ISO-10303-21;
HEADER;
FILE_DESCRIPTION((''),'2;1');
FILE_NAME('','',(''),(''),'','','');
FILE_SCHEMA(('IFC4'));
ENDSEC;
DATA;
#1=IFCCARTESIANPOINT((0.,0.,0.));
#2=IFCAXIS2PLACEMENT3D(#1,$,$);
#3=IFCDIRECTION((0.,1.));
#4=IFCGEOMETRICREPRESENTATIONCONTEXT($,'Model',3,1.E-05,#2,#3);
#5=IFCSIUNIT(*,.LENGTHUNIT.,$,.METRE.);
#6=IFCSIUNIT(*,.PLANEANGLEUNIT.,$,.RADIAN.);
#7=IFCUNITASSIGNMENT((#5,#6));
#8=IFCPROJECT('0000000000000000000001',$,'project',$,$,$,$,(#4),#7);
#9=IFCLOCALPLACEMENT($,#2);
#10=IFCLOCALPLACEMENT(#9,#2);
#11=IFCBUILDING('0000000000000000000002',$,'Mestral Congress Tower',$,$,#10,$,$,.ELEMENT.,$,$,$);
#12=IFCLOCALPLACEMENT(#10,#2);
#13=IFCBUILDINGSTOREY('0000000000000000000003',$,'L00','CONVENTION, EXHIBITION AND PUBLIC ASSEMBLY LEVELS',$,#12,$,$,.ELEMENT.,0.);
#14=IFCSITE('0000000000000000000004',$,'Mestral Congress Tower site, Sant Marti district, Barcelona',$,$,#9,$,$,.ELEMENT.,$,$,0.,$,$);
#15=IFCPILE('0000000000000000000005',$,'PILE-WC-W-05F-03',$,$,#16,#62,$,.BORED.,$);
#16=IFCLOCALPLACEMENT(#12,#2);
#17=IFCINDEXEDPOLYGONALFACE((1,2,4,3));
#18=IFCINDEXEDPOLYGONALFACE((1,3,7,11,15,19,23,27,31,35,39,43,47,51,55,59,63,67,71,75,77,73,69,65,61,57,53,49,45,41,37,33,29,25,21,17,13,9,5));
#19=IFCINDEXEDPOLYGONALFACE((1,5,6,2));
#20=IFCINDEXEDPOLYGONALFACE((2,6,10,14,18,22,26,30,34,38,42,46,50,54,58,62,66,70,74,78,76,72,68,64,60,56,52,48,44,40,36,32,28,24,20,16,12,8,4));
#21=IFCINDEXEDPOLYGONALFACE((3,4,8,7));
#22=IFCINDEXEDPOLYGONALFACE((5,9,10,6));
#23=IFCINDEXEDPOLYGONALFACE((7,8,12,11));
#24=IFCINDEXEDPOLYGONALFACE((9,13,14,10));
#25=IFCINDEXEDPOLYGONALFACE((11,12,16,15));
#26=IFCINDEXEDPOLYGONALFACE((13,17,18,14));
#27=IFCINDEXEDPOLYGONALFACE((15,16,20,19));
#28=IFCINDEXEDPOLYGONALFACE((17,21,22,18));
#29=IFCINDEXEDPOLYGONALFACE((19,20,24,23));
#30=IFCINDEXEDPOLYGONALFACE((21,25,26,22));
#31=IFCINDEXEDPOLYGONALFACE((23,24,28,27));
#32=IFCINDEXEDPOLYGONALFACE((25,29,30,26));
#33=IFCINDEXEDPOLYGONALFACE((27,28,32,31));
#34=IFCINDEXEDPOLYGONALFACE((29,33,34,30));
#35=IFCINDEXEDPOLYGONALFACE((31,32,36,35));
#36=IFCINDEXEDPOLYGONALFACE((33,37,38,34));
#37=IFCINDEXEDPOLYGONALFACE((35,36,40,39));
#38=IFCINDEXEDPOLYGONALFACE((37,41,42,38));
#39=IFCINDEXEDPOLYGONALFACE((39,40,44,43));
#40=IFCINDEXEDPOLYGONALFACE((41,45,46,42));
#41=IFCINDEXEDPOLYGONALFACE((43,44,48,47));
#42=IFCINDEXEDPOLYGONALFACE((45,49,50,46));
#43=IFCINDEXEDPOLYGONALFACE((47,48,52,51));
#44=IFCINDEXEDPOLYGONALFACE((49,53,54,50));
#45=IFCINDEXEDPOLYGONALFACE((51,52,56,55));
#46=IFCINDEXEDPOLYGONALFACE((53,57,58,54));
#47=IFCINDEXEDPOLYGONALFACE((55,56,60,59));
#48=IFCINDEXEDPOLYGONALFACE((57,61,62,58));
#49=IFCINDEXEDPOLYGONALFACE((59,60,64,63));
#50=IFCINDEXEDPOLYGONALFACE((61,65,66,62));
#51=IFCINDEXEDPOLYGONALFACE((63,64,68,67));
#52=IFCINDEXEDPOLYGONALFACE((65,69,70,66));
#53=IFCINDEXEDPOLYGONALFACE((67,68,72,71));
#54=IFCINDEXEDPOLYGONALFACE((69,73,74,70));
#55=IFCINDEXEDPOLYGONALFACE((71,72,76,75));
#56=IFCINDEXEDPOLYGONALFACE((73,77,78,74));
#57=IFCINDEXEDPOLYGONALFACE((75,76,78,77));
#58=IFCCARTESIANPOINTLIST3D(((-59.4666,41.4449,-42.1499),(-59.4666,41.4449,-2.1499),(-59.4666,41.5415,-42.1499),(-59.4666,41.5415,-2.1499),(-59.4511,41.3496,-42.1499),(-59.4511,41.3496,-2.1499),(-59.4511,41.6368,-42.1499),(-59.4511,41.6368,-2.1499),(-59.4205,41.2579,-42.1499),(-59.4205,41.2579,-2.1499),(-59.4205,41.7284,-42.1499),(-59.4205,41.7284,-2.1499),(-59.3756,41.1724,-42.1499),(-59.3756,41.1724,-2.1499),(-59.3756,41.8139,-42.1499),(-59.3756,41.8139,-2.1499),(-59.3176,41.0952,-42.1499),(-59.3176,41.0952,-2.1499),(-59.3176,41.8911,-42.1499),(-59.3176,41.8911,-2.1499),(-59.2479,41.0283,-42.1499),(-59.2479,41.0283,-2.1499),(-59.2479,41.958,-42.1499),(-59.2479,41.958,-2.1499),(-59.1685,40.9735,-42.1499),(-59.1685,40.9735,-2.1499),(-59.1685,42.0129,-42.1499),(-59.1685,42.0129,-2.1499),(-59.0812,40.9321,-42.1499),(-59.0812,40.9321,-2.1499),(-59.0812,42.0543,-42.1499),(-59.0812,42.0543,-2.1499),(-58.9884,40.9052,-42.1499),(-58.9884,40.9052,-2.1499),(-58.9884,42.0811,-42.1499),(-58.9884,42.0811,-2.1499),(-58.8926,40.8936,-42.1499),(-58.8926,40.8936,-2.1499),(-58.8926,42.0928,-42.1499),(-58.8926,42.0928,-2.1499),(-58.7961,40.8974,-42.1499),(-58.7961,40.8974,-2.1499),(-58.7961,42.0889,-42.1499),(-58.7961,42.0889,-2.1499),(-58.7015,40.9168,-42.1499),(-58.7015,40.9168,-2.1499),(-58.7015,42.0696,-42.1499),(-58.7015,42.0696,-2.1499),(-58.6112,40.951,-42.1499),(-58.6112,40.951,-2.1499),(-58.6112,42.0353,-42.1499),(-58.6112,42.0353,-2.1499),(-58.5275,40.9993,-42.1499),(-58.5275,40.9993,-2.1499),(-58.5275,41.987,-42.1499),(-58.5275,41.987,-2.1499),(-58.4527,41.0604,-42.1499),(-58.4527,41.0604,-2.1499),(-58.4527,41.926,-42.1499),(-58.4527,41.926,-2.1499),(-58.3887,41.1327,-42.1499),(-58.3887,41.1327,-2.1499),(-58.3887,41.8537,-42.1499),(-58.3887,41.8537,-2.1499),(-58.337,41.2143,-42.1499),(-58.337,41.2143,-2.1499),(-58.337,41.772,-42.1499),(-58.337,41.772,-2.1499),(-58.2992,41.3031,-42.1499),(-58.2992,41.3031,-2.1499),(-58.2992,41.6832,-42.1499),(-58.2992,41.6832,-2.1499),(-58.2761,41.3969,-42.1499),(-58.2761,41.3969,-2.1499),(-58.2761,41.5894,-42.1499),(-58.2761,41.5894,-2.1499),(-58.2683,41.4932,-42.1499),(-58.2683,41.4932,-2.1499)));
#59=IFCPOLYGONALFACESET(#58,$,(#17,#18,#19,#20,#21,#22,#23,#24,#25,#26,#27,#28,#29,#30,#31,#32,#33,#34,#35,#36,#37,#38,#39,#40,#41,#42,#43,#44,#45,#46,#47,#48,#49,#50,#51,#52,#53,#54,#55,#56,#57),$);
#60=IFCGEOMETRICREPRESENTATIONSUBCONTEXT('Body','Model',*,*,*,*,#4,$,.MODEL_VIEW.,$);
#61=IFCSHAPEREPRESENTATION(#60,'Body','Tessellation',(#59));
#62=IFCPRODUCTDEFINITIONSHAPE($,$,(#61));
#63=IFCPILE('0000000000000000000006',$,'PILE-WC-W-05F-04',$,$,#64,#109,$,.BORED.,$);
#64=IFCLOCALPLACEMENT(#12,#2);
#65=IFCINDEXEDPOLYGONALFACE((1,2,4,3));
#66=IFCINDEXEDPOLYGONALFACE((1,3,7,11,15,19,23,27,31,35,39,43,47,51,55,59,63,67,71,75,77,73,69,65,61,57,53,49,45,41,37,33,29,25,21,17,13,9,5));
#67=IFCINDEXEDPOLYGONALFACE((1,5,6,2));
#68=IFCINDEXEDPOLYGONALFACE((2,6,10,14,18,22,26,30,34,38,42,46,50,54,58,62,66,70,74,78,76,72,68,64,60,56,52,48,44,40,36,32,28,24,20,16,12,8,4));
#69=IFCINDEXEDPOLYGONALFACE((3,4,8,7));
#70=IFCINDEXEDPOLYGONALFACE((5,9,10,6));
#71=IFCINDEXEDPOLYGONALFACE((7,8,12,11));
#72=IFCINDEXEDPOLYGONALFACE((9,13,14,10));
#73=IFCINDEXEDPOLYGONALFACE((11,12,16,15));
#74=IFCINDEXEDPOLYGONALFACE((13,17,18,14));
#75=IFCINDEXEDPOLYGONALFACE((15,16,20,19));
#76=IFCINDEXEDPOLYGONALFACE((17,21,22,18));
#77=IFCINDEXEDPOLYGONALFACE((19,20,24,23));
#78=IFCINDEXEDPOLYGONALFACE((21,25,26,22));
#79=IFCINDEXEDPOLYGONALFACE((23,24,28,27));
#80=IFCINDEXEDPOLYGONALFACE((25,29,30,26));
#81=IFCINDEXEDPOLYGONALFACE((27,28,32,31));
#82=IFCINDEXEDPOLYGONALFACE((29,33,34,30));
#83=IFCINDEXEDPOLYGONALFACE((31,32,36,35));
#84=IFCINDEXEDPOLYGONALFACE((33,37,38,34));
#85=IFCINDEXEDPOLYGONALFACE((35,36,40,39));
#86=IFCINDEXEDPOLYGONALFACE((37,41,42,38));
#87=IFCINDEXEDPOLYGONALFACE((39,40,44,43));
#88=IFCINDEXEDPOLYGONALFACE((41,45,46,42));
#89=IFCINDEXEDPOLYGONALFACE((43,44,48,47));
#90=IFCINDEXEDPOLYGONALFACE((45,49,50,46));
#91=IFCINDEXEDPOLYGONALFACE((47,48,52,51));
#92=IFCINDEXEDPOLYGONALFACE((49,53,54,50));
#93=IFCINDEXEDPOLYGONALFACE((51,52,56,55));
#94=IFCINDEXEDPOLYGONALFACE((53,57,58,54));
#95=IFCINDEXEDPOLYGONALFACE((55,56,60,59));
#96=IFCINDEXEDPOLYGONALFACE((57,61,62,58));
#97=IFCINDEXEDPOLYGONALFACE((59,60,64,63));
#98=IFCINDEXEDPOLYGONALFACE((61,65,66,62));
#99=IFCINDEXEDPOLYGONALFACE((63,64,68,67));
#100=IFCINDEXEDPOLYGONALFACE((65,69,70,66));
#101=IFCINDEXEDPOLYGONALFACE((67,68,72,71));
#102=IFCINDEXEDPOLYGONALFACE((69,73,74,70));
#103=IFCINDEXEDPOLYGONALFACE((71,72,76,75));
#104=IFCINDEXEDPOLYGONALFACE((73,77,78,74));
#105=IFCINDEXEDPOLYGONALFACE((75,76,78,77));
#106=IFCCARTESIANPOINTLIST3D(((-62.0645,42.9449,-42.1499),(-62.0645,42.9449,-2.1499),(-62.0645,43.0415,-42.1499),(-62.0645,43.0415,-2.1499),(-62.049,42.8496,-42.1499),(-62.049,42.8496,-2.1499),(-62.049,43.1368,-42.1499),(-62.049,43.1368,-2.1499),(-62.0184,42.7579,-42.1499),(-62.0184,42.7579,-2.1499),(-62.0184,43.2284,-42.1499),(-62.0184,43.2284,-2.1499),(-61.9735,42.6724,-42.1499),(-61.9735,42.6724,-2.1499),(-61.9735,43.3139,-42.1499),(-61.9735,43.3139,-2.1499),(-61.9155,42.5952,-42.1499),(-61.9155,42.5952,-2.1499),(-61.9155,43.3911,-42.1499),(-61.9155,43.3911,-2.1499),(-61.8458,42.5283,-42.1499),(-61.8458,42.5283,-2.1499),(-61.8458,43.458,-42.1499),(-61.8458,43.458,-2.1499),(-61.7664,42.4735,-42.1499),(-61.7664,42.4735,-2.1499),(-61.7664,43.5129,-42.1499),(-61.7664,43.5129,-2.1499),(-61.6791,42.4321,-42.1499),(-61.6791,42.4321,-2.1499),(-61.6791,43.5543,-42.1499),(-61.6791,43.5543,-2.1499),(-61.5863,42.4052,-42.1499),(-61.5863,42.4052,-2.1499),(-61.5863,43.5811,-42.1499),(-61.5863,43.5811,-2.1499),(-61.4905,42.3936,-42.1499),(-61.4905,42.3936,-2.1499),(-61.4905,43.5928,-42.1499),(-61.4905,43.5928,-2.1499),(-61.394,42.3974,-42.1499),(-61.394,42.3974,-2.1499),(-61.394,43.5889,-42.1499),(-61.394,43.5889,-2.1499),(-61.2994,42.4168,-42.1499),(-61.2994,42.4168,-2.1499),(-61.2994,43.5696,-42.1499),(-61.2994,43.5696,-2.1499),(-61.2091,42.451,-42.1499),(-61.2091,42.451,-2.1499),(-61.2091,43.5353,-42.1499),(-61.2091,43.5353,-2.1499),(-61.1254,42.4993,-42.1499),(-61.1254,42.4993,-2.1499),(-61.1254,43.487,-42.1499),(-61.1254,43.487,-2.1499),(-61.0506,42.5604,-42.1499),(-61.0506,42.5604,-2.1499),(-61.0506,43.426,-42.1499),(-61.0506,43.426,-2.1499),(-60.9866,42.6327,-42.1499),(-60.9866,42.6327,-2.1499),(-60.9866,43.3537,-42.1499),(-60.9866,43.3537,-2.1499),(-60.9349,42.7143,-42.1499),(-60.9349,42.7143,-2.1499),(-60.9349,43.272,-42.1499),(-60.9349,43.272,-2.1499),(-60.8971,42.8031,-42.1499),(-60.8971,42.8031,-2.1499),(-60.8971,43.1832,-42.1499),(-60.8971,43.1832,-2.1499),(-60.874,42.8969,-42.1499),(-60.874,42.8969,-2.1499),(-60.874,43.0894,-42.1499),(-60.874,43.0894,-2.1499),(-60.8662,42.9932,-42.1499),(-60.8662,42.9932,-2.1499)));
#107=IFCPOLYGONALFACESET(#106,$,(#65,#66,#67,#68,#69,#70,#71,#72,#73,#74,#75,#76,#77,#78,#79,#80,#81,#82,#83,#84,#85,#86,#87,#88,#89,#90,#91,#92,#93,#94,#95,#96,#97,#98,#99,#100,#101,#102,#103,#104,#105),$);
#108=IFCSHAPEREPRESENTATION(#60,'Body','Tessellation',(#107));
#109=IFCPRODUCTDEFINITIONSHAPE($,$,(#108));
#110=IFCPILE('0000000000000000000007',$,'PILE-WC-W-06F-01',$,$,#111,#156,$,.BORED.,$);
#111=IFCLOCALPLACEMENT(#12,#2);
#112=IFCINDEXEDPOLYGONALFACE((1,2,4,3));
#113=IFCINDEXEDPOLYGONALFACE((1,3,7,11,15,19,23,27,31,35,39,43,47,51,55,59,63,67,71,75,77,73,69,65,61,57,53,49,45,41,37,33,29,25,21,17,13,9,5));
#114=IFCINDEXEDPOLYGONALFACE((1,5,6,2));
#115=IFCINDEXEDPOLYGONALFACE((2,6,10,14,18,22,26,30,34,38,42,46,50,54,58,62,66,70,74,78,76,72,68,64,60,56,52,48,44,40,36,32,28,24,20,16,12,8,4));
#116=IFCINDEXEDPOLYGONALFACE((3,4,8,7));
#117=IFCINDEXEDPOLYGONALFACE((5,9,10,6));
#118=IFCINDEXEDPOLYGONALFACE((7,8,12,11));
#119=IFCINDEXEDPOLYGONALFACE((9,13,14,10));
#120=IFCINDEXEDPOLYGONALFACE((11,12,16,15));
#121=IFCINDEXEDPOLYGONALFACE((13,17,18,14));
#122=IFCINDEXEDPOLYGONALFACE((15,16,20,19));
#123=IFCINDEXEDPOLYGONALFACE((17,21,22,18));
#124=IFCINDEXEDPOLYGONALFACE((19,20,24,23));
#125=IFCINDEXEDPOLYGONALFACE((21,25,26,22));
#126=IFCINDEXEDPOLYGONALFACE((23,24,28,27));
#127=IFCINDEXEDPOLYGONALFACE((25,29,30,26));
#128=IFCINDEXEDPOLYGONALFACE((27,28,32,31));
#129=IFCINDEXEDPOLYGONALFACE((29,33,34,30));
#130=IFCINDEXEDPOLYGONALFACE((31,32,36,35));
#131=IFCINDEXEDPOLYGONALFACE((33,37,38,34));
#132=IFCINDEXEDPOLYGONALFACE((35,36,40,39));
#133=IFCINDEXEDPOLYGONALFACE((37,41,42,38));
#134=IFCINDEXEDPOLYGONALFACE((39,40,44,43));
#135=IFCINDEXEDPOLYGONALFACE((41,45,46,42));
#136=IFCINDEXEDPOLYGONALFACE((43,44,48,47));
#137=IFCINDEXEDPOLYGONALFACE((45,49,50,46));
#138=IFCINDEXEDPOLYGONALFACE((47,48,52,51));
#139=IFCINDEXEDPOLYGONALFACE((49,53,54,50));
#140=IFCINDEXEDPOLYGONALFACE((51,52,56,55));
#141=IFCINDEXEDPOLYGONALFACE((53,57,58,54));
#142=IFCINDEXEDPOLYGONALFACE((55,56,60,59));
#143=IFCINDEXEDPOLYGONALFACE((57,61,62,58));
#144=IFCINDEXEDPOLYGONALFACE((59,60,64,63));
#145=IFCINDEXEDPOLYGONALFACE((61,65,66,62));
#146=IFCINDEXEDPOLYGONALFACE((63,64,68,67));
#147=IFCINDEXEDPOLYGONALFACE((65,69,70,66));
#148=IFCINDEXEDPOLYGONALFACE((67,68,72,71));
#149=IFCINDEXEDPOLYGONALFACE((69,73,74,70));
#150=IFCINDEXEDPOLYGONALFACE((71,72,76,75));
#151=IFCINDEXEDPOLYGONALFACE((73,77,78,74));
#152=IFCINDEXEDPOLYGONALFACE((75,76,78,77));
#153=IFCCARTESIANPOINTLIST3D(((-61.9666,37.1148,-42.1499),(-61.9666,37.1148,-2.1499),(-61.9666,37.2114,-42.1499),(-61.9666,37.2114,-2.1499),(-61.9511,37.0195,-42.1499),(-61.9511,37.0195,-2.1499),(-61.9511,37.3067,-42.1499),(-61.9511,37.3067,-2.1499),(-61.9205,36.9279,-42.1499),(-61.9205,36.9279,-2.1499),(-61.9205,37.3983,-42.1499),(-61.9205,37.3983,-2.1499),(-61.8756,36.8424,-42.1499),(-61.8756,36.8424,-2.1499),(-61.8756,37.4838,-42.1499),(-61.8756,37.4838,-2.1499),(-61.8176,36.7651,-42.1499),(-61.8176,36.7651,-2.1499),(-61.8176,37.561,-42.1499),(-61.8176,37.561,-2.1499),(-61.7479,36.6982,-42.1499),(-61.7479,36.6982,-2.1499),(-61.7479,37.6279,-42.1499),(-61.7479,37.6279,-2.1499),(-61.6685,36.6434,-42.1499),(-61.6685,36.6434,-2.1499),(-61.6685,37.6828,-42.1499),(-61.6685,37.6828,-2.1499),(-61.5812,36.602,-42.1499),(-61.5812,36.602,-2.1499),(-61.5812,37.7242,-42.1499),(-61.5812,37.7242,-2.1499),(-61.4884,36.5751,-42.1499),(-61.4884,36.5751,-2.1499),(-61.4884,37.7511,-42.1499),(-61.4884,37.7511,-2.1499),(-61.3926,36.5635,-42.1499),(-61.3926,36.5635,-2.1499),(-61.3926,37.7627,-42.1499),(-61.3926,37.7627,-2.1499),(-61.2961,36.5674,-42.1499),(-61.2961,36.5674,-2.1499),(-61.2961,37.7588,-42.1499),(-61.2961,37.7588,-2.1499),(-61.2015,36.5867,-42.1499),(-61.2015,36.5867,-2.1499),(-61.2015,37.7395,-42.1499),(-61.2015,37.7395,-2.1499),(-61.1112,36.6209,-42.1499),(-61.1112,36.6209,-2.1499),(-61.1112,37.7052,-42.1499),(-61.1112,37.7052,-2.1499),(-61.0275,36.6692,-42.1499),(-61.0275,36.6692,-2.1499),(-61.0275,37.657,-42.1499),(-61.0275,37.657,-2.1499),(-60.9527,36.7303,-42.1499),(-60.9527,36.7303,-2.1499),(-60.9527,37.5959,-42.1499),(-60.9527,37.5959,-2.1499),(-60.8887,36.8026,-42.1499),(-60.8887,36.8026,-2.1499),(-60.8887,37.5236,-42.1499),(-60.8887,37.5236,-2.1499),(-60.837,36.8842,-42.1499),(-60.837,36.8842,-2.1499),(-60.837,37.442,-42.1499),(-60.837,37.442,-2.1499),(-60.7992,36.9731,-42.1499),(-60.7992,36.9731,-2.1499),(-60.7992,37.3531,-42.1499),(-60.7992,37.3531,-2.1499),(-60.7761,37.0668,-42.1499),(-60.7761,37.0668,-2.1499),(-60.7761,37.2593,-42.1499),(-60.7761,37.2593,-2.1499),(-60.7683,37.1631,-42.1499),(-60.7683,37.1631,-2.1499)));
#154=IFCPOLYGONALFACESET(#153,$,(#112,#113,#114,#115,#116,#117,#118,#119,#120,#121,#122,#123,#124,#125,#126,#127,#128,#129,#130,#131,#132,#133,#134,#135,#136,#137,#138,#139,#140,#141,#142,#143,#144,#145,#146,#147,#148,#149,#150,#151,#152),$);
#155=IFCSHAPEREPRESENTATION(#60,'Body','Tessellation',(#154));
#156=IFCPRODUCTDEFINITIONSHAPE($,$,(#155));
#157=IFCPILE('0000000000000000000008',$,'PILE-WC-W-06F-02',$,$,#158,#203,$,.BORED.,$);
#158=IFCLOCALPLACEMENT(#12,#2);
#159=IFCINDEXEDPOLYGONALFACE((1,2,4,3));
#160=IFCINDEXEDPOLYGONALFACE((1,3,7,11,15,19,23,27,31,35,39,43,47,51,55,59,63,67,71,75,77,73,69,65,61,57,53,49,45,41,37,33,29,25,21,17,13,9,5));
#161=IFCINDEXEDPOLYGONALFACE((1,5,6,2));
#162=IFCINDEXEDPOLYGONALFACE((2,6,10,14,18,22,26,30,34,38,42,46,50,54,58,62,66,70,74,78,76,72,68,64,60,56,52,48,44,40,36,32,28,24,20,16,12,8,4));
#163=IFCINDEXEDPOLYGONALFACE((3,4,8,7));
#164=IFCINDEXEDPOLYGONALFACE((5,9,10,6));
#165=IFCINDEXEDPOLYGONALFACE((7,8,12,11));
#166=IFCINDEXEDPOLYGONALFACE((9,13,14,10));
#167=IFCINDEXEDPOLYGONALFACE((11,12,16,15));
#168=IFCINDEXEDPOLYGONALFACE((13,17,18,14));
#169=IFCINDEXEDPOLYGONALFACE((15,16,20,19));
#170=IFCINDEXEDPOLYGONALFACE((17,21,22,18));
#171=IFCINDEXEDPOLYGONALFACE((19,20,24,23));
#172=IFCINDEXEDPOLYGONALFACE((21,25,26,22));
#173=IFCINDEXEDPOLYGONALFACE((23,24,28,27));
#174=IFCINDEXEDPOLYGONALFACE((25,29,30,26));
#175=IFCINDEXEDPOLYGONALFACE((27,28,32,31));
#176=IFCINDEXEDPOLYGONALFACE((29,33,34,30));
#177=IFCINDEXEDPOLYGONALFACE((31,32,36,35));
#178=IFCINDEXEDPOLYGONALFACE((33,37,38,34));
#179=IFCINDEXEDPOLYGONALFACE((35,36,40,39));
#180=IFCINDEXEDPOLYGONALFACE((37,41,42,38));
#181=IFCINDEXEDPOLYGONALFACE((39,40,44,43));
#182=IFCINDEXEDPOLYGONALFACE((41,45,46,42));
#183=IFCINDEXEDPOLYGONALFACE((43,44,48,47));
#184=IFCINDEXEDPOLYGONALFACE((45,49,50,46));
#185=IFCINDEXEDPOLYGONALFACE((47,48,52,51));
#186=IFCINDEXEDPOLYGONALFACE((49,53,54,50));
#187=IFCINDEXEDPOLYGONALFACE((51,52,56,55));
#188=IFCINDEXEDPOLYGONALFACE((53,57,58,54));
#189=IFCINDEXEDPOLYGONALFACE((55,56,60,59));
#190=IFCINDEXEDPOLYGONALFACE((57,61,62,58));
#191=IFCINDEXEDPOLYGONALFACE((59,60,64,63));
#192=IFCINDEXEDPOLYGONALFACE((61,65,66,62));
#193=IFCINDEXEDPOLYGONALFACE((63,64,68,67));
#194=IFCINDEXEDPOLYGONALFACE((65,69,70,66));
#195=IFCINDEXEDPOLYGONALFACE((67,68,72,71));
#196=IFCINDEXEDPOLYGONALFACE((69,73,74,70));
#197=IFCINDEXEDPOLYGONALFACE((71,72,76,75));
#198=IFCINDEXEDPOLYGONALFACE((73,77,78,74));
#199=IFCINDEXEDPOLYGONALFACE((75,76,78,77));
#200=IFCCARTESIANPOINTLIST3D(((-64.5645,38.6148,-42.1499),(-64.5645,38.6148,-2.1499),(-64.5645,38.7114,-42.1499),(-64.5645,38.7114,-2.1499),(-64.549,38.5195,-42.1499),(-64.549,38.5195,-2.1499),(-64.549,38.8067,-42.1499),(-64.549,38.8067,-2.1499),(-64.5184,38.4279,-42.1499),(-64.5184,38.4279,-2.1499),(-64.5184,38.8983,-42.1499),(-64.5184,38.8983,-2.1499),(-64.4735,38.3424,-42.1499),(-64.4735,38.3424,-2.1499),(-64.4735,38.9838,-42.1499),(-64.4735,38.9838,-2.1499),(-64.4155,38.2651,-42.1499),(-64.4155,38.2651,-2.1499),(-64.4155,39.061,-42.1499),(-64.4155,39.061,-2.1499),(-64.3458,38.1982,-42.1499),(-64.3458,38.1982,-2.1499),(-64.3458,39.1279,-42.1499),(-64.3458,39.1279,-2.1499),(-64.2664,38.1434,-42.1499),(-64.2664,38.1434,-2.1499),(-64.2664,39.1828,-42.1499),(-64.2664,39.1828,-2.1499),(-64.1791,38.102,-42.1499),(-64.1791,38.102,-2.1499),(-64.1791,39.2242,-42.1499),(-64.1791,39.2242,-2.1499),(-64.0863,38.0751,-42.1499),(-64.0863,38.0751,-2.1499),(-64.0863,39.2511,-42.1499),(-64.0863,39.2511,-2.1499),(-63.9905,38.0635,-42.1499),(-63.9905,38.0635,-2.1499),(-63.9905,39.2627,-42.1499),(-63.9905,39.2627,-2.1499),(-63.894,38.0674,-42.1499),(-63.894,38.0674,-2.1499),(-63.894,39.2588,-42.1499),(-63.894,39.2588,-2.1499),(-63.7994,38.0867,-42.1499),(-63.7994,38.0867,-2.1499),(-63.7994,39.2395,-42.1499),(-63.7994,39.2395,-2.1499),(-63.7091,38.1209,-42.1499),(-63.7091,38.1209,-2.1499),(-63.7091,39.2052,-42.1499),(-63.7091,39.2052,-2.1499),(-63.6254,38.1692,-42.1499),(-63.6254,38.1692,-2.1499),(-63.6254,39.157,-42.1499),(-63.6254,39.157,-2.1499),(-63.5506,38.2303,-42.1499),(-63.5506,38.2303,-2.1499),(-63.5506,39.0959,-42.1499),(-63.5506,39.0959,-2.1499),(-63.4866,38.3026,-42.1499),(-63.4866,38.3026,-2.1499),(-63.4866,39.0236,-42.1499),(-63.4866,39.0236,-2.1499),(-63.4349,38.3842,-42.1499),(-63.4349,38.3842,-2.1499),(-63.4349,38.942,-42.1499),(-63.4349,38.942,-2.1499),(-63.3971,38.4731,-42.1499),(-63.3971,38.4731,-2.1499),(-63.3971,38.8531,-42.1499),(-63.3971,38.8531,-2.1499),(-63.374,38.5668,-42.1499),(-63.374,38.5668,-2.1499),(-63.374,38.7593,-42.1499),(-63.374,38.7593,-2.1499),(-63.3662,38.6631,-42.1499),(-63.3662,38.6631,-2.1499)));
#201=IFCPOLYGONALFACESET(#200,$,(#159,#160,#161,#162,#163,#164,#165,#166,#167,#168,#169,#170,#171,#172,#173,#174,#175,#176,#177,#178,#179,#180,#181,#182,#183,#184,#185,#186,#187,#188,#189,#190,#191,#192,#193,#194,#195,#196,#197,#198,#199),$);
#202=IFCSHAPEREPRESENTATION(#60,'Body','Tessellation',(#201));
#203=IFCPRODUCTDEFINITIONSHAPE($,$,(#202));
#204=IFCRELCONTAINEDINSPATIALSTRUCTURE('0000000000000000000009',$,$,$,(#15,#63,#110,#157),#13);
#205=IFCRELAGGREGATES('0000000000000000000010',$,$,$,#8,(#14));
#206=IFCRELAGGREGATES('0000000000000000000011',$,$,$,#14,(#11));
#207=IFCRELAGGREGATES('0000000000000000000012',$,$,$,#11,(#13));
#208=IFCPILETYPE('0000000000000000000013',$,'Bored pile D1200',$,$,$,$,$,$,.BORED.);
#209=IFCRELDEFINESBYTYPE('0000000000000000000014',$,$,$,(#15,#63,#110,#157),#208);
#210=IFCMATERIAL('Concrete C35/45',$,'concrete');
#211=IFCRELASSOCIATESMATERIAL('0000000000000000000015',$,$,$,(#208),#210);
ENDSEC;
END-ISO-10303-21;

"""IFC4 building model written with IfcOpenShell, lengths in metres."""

from ifc_helpers import new_model, si_unit, direction, frame, origin, origin_2d, place, context, subcontext, project, spatial, circle, extrude, material, material_profile, profile_set, type_object, element, save


model = new_model("IFC4")

# Units and contexts
model_context = context("Model", 3, precision=1e-05, world=origin(), true_north=direction((0.0, 1.0)))
body_context = subcontext(model_context, "Body", "Model", "MODEL_VIEW")
ifc_project = project(units=[si_unit("LENGTHUNIT", "METRE"), si_unit("PLANEANGLEUNIT", "RADIAN")], contexts=[model_context])

# Site, building, storey
site_placement = place(None, origin())
site = spatial("IfcSite", under=ifc_project, at=site_placement, Name="Mestral Congress Tower site, Sant Marti district, Barcelona", CompositionType="ELEMENT", RefElevation=0.0)
building_placement = place(site_placement, origin())
building = spatial("IfcBuilding", under=site, at=building_placement, Name="Mestral Congress Tower", CompositionType="ELEMENT")
storey_placement = place(building_placement, origin())
storey = spatial("IfcBuildingStorey", under=building, at=storey_placement, Name="L00", Description="CONVENTION, EXHIBITION AND PUBLIC ASSEMBLY LEVELS", CompositionType="ELEMENT", Elevation=0.0)

# Piles
ifc_material_1 = material(Name="Concrete C35/45", Category="concrete")
ifc_material_profile_1 = material_profile(ifc_material_1, circle(Radius=0.6001, at=origin_2d()), Name="D1200")
ifc_profile_set_1 = profile_set([ifc_material_profile_1], Name="Concrete C35/45")
pile_type = type_object("IfcPileType", Name="Bored pile D1200", PredefinedType="BORED", material=ifc_profile_set_1)
for number, where, z_axis, x_axis, name in (
    (1, (-58.8684, 41.4932, -2.1499), (0.0, 0.0, -1.0), (1.0, 0.0, 0.0), "PILE-WC-W-05F-03"),
    (2, (-61.4663, 42.9932, -2.1499), (0.0, 0.0, -1.0), (1.0, 0.0, 0.0), "PILE-WC-W-05F-04"),
    (3, (-61.3684, 37.1631, -2.1499), (0.0, 0.0, -1.0), (1.0, 0.0, 0.0), "PILE-WC-W-06F-01"),
    (4, (-63.9663, 38.6631, -2.1499), (0.0, 0.0, -1.0), (1.0, 0.0, 0.0), "PILE-WC-W-06F-02"),
):
    element("IfcPile", number, at=place(storey_placement, frame(where, z_axis=z_axis, x_axis=x_axis)), inside=storey, type_object=pile_type, Name=name, PredefinedType="BORED", context=body_context, shape_type="SweptSolid", body=[
        extrude(circle(Radius=0.6001, at=origin_2d()), origin(), (0.0, 0.0, 1.0), 40.0),
    ])

save(model, "model.ifc")
